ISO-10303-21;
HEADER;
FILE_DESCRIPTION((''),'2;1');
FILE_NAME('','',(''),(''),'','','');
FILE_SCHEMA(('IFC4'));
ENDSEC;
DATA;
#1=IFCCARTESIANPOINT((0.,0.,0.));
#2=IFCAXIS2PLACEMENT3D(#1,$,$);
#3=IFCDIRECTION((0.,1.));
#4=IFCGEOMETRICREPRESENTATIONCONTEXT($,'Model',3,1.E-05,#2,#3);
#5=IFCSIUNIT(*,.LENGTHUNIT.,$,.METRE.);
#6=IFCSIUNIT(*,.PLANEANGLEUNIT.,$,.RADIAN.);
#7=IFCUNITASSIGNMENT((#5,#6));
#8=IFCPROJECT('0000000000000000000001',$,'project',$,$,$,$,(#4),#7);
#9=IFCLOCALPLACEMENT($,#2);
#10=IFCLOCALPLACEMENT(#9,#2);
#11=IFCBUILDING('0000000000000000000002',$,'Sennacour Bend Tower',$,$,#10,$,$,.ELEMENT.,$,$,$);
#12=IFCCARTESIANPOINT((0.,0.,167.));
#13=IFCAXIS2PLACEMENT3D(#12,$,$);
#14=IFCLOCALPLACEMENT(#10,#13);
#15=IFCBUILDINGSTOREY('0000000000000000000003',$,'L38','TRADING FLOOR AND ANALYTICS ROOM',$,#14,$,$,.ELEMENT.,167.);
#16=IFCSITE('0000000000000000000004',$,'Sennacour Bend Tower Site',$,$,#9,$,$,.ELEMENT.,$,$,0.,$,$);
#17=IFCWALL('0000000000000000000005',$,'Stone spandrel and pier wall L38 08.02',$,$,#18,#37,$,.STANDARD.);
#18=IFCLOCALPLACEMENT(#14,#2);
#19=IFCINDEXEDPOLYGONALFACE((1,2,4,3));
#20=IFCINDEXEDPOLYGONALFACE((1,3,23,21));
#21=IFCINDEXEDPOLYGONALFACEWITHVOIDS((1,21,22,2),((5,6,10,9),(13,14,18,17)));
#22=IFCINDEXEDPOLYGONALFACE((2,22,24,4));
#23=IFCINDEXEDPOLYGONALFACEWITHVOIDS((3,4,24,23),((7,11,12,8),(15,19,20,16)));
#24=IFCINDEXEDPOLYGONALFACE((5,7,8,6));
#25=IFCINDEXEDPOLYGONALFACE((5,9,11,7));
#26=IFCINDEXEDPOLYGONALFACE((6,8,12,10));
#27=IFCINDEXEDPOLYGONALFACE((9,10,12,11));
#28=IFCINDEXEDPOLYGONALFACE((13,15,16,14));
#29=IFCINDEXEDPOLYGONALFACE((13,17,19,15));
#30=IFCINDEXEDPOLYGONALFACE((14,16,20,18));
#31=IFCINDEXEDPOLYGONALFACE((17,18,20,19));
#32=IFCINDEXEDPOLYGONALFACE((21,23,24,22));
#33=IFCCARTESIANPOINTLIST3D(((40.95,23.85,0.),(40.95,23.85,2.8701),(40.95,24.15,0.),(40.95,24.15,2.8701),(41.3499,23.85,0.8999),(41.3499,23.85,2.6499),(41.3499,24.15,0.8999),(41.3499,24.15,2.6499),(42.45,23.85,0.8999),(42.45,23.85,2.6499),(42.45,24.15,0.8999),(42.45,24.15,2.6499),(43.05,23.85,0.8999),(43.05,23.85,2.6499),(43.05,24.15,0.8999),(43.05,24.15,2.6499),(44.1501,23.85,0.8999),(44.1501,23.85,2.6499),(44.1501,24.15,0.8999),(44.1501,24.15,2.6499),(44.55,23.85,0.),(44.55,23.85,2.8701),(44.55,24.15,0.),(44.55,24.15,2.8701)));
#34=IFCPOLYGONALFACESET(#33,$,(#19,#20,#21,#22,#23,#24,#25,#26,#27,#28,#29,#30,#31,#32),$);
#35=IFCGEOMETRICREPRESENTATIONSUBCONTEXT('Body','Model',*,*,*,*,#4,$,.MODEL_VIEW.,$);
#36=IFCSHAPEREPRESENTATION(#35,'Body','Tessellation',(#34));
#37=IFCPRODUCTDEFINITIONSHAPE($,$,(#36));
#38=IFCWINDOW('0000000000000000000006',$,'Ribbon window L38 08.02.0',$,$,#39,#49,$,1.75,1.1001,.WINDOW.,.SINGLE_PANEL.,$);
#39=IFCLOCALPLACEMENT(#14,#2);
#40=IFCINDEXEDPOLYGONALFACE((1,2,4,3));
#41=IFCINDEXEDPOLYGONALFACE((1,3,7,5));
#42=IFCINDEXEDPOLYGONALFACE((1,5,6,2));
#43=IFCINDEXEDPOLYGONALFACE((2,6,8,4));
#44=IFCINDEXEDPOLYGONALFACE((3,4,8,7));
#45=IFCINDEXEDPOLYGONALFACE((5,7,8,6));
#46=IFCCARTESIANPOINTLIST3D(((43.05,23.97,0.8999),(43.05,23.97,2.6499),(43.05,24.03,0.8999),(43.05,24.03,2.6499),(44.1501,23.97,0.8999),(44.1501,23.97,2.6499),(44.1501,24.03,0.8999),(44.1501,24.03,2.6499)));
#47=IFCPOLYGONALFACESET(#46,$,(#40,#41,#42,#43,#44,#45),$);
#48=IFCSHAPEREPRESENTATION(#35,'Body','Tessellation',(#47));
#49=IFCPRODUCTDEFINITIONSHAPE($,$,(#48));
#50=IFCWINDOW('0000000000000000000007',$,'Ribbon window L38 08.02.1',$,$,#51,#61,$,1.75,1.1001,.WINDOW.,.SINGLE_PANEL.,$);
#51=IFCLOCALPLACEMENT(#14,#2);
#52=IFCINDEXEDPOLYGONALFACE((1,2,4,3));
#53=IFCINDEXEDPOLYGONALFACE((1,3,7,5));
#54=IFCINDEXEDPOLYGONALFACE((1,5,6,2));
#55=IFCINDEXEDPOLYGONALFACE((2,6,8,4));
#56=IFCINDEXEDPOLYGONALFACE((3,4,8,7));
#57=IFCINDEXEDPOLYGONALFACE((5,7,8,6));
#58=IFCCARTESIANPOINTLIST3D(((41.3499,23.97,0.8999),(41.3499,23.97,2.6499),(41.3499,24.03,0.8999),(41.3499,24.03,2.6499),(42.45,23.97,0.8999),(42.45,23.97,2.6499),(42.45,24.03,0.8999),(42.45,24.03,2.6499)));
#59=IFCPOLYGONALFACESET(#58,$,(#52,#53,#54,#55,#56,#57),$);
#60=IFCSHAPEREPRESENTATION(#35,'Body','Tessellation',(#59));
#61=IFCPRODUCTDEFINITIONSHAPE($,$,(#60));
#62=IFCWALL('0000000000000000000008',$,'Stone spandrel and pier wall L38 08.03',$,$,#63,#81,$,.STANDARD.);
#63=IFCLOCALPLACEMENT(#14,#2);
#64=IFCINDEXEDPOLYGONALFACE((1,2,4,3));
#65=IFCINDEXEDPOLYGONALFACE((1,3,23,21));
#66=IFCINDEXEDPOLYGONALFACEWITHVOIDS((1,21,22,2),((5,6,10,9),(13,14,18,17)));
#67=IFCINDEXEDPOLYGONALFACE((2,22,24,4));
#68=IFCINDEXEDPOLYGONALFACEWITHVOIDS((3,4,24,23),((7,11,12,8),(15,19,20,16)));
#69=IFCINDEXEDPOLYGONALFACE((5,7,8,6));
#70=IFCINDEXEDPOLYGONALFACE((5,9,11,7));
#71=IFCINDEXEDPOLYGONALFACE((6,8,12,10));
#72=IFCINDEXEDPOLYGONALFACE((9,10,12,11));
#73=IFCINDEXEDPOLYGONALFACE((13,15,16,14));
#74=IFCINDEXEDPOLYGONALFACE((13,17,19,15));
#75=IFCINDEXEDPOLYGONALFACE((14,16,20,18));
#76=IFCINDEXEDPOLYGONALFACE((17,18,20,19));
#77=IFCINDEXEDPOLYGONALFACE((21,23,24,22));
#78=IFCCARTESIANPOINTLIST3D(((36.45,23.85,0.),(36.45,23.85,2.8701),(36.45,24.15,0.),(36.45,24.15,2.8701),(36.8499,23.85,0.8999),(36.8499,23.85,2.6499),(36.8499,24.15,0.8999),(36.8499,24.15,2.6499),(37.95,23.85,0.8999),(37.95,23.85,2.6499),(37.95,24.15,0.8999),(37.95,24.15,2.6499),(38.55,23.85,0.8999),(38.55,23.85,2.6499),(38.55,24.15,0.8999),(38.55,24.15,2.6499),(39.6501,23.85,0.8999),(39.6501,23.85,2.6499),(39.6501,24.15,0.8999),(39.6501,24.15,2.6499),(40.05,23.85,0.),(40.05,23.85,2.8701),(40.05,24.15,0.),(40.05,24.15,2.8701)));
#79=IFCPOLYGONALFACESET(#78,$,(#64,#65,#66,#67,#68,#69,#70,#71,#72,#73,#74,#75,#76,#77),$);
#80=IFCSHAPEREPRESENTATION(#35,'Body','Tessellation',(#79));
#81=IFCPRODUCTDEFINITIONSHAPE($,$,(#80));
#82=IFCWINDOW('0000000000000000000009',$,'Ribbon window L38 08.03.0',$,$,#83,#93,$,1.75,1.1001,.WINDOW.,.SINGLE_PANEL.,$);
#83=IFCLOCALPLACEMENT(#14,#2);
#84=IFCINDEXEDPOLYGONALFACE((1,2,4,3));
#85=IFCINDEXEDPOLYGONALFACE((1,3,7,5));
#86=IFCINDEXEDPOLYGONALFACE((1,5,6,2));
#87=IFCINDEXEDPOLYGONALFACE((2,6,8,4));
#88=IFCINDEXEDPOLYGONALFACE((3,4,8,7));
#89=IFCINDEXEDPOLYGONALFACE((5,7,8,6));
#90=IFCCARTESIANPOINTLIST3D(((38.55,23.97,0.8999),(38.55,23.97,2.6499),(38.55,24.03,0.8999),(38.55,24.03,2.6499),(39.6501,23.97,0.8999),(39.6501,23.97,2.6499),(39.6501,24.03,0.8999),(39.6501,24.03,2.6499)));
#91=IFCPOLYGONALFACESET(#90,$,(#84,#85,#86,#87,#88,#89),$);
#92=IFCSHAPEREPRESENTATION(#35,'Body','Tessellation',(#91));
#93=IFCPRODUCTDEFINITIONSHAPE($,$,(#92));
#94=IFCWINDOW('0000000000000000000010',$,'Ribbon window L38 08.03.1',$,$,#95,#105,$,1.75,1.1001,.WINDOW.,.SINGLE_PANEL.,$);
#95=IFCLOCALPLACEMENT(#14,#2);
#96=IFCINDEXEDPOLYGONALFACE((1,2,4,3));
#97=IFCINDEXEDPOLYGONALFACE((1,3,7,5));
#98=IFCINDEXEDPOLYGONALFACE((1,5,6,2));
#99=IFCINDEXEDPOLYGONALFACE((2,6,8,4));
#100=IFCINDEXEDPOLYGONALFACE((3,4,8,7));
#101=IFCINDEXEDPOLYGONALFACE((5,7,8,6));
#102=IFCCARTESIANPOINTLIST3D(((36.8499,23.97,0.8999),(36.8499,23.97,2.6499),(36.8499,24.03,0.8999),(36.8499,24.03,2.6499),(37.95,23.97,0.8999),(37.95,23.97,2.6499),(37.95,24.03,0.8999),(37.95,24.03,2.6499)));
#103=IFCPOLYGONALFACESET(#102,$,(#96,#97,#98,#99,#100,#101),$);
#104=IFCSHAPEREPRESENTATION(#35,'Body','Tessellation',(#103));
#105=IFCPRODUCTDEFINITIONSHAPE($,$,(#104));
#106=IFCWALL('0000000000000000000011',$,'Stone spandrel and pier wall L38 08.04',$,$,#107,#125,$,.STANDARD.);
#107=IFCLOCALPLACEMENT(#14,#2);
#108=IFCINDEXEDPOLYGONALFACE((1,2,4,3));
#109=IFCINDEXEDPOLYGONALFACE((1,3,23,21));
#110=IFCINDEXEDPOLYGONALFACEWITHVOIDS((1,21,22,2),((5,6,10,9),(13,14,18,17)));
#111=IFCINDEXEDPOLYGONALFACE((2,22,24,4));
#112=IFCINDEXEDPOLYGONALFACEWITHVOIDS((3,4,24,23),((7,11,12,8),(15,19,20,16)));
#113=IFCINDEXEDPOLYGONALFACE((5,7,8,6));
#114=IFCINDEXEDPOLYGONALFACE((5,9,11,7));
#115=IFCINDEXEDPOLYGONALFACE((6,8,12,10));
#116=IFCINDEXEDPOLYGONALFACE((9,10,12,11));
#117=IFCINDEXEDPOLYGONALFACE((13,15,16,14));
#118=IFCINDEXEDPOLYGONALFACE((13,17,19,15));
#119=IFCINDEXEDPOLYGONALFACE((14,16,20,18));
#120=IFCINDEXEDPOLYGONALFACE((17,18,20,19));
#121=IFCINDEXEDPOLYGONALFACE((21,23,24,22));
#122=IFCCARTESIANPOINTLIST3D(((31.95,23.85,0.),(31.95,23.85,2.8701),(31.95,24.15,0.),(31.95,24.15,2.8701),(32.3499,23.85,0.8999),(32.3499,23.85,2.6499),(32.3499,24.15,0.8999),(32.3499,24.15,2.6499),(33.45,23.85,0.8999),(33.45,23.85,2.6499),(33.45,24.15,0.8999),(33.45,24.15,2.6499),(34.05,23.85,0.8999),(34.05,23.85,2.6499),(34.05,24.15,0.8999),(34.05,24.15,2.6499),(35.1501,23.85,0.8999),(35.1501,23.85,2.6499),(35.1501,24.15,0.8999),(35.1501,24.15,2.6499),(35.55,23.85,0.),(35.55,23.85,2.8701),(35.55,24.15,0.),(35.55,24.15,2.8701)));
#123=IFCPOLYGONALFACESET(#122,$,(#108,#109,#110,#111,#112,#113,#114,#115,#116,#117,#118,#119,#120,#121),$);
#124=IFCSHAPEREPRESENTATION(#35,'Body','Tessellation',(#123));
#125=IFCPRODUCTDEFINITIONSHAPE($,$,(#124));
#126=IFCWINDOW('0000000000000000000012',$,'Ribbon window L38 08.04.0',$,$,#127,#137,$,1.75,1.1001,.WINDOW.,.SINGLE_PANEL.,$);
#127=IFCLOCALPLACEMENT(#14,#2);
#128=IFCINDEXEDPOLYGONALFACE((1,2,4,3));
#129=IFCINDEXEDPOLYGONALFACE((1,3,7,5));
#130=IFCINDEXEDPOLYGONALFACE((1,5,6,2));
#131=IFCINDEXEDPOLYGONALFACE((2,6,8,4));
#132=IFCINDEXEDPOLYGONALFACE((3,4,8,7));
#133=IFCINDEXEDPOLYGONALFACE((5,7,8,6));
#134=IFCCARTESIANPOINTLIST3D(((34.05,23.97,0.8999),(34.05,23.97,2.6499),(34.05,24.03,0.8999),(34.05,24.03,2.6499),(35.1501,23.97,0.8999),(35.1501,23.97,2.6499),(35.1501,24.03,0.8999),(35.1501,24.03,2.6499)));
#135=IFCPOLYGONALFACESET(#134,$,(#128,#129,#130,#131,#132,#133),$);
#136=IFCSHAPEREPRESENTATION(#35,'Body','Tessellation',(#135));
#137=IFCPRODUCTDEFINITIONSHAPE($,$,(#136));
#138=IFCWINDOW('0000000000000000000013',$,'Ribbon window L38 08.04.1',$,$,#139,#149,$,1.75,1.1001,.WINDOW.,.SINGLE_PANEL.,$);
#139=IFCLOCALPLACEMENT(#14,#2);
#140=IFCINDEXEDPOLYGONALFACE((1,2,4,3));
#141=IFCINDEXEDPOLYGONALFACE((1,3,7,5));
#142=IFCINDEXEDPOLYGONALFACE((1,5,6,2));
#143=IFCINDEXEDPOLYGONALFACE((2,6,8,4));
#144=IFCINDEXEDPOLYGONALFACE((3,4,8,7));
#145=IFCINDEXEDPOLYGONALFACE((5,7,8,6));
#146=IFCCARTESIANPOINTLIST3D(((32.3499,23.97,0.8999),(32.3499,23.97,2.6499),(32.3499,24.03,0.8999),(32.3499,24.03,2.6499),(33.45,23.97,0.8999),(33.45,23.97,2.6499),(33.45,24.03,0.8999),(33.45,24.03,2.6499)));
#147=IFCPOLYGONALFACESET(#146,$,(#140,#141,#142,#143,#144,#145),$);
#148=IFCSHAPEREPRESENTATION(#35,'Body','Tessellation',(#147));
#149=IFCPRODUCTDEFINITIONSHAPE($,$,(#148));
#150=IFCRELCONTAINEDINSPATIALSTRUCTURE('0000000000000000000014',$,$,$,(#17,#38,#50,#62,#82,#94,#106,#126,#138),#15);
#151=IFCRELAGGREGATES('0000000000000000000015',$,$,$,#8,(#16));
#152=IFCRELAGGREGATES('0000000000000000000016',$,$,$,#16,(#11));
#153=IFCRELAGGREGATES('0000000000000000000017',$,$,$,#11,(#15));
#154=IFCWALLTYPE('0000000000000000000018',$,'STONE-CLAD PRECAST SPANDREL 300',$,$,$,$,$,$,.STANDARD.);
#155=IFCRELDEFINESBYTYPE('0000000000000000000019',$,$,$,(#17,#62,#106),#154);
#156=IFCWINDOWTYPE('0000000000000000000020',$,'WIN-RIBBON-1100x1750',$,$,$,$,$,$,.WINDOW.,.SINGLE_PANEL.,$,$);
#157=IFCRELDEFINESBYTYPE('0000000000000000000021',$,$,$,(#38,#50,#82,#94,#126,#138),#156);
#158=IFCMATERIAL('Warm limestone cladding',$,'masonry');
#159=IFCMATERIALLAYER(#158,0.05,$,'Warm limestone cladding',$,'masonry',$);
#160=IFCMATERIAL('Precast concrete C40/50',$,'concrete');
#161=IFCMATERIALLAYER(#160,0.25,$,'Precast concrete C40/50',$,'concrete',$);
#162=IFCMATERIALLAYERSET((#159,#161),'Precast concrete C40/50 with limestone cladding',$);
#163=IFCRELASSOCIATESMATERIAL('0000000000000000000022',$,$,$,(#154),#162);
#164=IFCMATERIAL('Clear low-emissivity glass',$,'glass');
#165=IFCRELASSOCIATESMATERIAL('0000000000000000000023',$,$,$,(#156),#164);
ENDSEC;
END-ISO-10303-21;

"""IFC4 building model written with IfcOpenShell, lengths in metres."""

from ifc_helpers import new_model, si_unit, direction, frame, frame_2d, origin, place, context, subcontext, project, spatial, rectangle, extrude, material, layer, layer_set, type_object, element, fill, save


model = new_model("IFC4")

# Units and contexts
model_context = context("Model", 3, precision=1e-05, world=origin(), true_north=direction((0.0, 1.0)))
body_context = subcontext(model_context, "Body", "Model", "MODEL_VIEW")
ifc_project = project(units=[si_unit("LENGTHUNIT", "METRE"), si_unit("PLANEANGLEUNIT", "RADIAN")], contexts=[model_context])

# Site, building, storey
site_placement = place(None, origin())
site = spatial("IfcSite", under=ifc_project, at=site_placement, Name="Sennacour Bend Tower Site", CompositionType="ELEMENT", RefElevation=0.0)
building_placement = place(site_placement, origin())
building = spatial("IfcBuilding", under=site, at=building_placement, Name="Sennacour Bend Tower", CompositionType="ELEMENT")
storey_placement = place(building_placement, frame((0.0, 0.0, 167.0)))
storey = spatial("IfcBuildingStorey", under=building, at=storey_placement, Name="L38", Description="TRADING FLOOR AND ANALYTICS ROOM", CompositionType="ELEMENT", Elevation=167.0)

# Walls, openings, windows
ifc_material_1 = material(Name="Warm limestone cladding", Category="masonry")
ifc_layer_1 = layer(ifc_material_1, 0.05, Name="Warm limestone cladding", Category="masonry")
ifc_material_2 = material(Name="Precast concrete C40/50", Category="concrete")
ifc_layer_2 = layer(ifc_material_2, 0.25, Name="Precast concrete C40/50", Category="concrete")
ifc_layer_set_1 = layer_set([ifc_layer_1, ifc_layer_2], Name="Precast concrete C40/50 with limestone cladding")
wall_type_1 = type_object("IfcWallType", Name="STONE-CLAD PRECAST SPANDREL 300", PredefinedType="STANDARD", material=ifc_layer_set_1)
wall_1_placement = place(storey_placement, frame((44.55, 24.0, 0.0), z_axis=(0.0, 0.0, 1.0), x_axis=(-1.0, 0.0, 0.0)))
wall_1 = element("IfcWall", 1, at=wall_1_placement, inside=storey, type_object=wall_type_1, Name="Stone spandrel and pier wall L38 08.02", PredefinedType="STANDARD", context=body_context, shape_type="SweptSolid", body=[
    extrude(rectangle(XDim=3.6001, YDim=0.3, at=frame_2d((1.8, 0.0))), origin(), (0.0, 0.0, 1.0), 2.8701),
])
opening_1_placement = place(wall_1_placement, frame((0.3999, 0.0, 0.8999)))
opening_1 = element("IfcOpeningElement", 2, at=opening_1_placement, cuts=wall_1, PredefinedType="OPENING", context=body_context, shape_type="SweptSolid", body=[
    extrude(rectangle(XDim=1.1001, YDim=1.75, at=frame_2d((0.55, 0.875))), frame((0.0, 0.1602, 0.0), z_axis=(0.0, -1.0, 0.0), x_axis=(1.0, 0.0, 0.0)), (0.0, 0.0, 1.0), 0.3201),
])
opening_2_placement = place(wall_1_placement, frame((2.1001, 0.0, 0.8999)))
opening_2 = element("IfcOpeningElement", 3, at=opening_2_placement, cuts=wall_1, PredefinedType="OPENING", context=body_context, shape_type="SweptSolid", body=[
    extrude(rectangle(XDim=1.1001, YDim=1.75, at=frame_2d((0.55, 0.875))), frame((0.0, 0.1602, 0.0), z_axis=(0.0, -1.0, 0.0), x_axis=(1.0, 0.0, 0.0)), (0.0, 0.0, 1.0), 0.3201),
])
ifc_material_3 = material(Name="Clear low-emissivity glass", Category="glass")
window_type_1 = type_object("IfcWindowType", Name="WIN-RIBBON-1100x1750", PartitioningType="SINGLE_PANEL", PredefinedType="WINDOW", material=ifc_material_3)
window_1_placement = place(opening_1_placement, origin())
window_1 = element("IfcWindow", 4, at=window_1_placement, inside=storey, type_object=window_type_1, Name="Ribbon window L38 08.02.0", OverallHeight=1.75, OverallWidth=1.1001, PartitioningType="SINGLE_PANEL", PredefinedType="WINDOW", context=body_context, shape_type="SweptSolid", body=[
    extrude(rectangle(XDim=1.1001, YDim=1.75, at=frame_2d((0.55, 0.875))), frame((0.0, 0.03, 0.0), z_axis=(0.0, -1.0, 0.0), x_axis=(1.0, 0.0, 0.0)), (0.0, 0.0, 1.0), 0.0601),
])
fill(opening_1, window_1)
window_2_placement = place(opening_2_placement, origin())
window_2 = element("IfcWindow", 5, at=window_2_placement, inside=storey, type_object=window_type_1, Name="Ribbon window L38 08.02.1", OverallHeight=1.75, OverallWidth=1.1001, PartitioningType="SINGLE_PANEL", PredefinedType="WINDOW", context=body_context, shape_type="SweptSolid", body=[
    extrude(rectangle(XDim=1.1001, YDim=1.75, at=frame_2d((0.55, 0.875))), frame((0.0, 0.03, 0.0), z_axis=(0.0, -1.0, 0.0), x_axis=(1.0, 0.0, 0.0)), (0.0, 0.0, 1.0), 0.0601),
])
fill(opening_2, window_2)
wall_2_placement = place(storey_placement, frame((40.05, 24.0, 0.0), z_axis=(0.0, 0.0, 1.0), x_axis=(-1.0, 0.0, 0.0)))
wall_2 = element("IfcWall", 6, at=wall_2_placement, inside=storey, type_object=wall_type_1, Name="Stone spandrel and pier wall L38 08.03", PredefinedType="STANDARD", context=body_context, shape_type="SweptSolid", body=[
    extrude(rectangle(XDim=3.6001, YDim=0.3, at=frame_2d((1.8, 0.0))), origin(), (0.0, 0.0, 1.0), 2.8701),
])
opening_3_placement = place(wall_2_placement, frame((0.3999, 0.0, 0.8999)))
opening_3 = element("IfcOpeningElement", 7, at=opening_3_placement, cuts=wall_2, PredefinedType="OPENING", context=body_context, shape_type="SweptSolid", body=[
    extrude(rectangle(XDim=1.1001, YDim=1.75, at=frame_2d((0.55, 0.875))), frame((0.0, 0.1602, 0.0), z_axis=(0.0, -1.0, 0.0), x_axis=(1.0, 0.0, 0.0)), (0.0, 0.0, 1.0), 0.3201),
])
opening_4_placement = place(wall_2_placement, frame((2.1001, 0.0, 0.8999)))
opening_4 = element("IfcOpeningElement", 8, at=opening_4_placement, cuts=wall_2, PredefinedType="OPENING", context=body_context, shape_type="SweptSolid", body=[
    extrude(rectangle(XDim=1.1001, YDim=1.75, at=frame_2d((0.55, 0.875))), frame((0.0, 0.1602, 0.0), z_axis=(0.0, -1.0, 0.0), x_axis=(1.0, 0.0, 0.0)), (0.0, 0.0, 1.0), 0.3201),
])
window_3_placement = place(opening_3_placement, origin())
window_3 = element("IfcWindow", 9, at=window_3_placement, inside=storey, type_object=window_type_1, Name="Ribbon window L38 08.03.0", OverallHeight=1.75, OverallWidth=1.1001, PartitioningType="SINGLE_PANEL", PredefinedType="WINDOW", context=body_context, shape_type="SweptSolid", body=[
    extrude(rectangle(XDim=1.1001, YDim=1.75, at=frame_2d((0.55, 0.875))), frame((0.0, 0.03, 0.0), z_axis=(0.0, -1.0, 0.0), x_axis=(1.0, 0.0, 0.0)), (0.0, 0.0, 1.0), 0.0601),
])
fill(opening_3, window_3)
window_4_placement = place(opening_4_placement, origin())
window_4 = element("IfcWindow", 10, at=window_4_placement, inside=storey, type_object=window_type_1, Name="Ribbon window L38 08.03.1", OverallHeight=1.75, OverallWidth=1.1001, PartitioningType="SINGLE_PANEL", PredefinedType="WINDOW", context=body_context, shape_type="SweptSolid", body=[
    extrude(rectangle(XDim=1.1001, YDim=1.75, at=frame_2d((0.55, 0.875))), frame((0.0, 0.03, 0.0), z_axis=(0.0, -1.0, 0.0), x_axis=(1.0, 0.0, 0.0)), (0.0, 0.0, 1.0), 0.0601),
])
fill(opening_4, window_4)
wall_3_placement = place(storey_placement, frame((35.55, 24.0, 0.0), z_axis=(0.0, 0.0, 1.0), x_axis=(-1.0, 0.0, 0.0)))
wall_3 = element("IfcWall", 11, at=wall_3_placement, inside=storey, type_object=wall_type_1, Name="Stone spandrel and pier wall L38 08.04", PredefinedType="STANDARD", context=body_context, shape_type="SweptSolid", body=[
    extrude(rectangle(XDim=3.6001, YDim=0.3, at=frame_2d((1.8, 0.0))), origin(), (0.0, 0.0, 1.0), 2.8701),
])
opening_5_placement = place(wall_3_placement, frame((0.3999, 0.0, 0.8999)))
opening_5 = element("IfcOpeningElement", 12, at=opening_5_placement, cuts=wall_3, PredefinedType="OPENING", context=body_context, shape_type="SweptSolid", body=[
    extrude(rectangle(XDim=1.1001, YDim=1.75, at=frame_2d((0.55, 0.875))), frame((0.0, 0.1602, 0.0), z_axis=(0.0, -1.0, 0.0), x_axis=(1.0, 0.0, 0.0)), (0.0, 0.0, 1.0), 0.3201),
])
opening_6_placement = place(wall_3_placement, frame((2.1001, 0.0, 0.8999)))
opening_6 = element("IfcOpeningElement", 13, at=opening_6_placement, cuts=wall_3, PredefinedType="OPENING", context=body_context, shape_type="SweptSolid", body=[
    extrude(rectangle(XDim=1.1001, YDim=1.75, at=frame_2d((0.55, 0.875))), frame((0.0, 0.1602, 0.0), z_axis=(0.0, -1.0, 0.0), x_axis=(1.0, 0.0, 0.0)), (0.0, 0.0, 1.0), 0.3201),
])
window_5_placement = place(opening_5_placement, origin())
window_5 = element("IfcWindow", 14, at=window_5_placement, inside=storey, type_object=window_type_1, Name="Ribbon window L38 08.04.0", OverallHeight=1.75, OverallWidth=1.1001, PartitioningType="SINGLE_PANEL", PredefinedType="WINDOW", context=body_context, shape_type="SweptSolid", body=[
    extrude(rectangle(XDim=1.1001, YDim=1.75, at=frame_2d((0.55, 0.875))), frame((0.0, 0.03, 0.0), z_axis=(0.0, -1.0, 0.0), x_axis=(1.0, 0.0, 0.0)), (0.0, 0.0, 1.0), 0.0601),
])
fill(opening_5, window_5)
window_6_placement = place(opening_6_placement, origin())
window_6 = element("IfcWindow", 15, at=window_6_placement, inside=storey, type_object=window_type_1, Name="Ribbon window L38 08.04.1", OverallHeight=1.75, OverallWidth=1.1001, PartitioningType="SINGLE_PANEL", PredefinedType="WINDOW", context=body_context, shape_type="SweptSolid", body=[
    extrude(rectangle(XDim=1.1001, YDim=1.75, at=frame_2d((0.55, 0.875))), frame((0.0, 0.03, 0.0), z_axis=(0.0, -1.0, 0.0), x_axis=(1.0, 0.0, 0.0)), (0.0, 0.0, 1.0), 0.0601),
])
fill(opening_6, window_6)

save(model, "model.ifc")
